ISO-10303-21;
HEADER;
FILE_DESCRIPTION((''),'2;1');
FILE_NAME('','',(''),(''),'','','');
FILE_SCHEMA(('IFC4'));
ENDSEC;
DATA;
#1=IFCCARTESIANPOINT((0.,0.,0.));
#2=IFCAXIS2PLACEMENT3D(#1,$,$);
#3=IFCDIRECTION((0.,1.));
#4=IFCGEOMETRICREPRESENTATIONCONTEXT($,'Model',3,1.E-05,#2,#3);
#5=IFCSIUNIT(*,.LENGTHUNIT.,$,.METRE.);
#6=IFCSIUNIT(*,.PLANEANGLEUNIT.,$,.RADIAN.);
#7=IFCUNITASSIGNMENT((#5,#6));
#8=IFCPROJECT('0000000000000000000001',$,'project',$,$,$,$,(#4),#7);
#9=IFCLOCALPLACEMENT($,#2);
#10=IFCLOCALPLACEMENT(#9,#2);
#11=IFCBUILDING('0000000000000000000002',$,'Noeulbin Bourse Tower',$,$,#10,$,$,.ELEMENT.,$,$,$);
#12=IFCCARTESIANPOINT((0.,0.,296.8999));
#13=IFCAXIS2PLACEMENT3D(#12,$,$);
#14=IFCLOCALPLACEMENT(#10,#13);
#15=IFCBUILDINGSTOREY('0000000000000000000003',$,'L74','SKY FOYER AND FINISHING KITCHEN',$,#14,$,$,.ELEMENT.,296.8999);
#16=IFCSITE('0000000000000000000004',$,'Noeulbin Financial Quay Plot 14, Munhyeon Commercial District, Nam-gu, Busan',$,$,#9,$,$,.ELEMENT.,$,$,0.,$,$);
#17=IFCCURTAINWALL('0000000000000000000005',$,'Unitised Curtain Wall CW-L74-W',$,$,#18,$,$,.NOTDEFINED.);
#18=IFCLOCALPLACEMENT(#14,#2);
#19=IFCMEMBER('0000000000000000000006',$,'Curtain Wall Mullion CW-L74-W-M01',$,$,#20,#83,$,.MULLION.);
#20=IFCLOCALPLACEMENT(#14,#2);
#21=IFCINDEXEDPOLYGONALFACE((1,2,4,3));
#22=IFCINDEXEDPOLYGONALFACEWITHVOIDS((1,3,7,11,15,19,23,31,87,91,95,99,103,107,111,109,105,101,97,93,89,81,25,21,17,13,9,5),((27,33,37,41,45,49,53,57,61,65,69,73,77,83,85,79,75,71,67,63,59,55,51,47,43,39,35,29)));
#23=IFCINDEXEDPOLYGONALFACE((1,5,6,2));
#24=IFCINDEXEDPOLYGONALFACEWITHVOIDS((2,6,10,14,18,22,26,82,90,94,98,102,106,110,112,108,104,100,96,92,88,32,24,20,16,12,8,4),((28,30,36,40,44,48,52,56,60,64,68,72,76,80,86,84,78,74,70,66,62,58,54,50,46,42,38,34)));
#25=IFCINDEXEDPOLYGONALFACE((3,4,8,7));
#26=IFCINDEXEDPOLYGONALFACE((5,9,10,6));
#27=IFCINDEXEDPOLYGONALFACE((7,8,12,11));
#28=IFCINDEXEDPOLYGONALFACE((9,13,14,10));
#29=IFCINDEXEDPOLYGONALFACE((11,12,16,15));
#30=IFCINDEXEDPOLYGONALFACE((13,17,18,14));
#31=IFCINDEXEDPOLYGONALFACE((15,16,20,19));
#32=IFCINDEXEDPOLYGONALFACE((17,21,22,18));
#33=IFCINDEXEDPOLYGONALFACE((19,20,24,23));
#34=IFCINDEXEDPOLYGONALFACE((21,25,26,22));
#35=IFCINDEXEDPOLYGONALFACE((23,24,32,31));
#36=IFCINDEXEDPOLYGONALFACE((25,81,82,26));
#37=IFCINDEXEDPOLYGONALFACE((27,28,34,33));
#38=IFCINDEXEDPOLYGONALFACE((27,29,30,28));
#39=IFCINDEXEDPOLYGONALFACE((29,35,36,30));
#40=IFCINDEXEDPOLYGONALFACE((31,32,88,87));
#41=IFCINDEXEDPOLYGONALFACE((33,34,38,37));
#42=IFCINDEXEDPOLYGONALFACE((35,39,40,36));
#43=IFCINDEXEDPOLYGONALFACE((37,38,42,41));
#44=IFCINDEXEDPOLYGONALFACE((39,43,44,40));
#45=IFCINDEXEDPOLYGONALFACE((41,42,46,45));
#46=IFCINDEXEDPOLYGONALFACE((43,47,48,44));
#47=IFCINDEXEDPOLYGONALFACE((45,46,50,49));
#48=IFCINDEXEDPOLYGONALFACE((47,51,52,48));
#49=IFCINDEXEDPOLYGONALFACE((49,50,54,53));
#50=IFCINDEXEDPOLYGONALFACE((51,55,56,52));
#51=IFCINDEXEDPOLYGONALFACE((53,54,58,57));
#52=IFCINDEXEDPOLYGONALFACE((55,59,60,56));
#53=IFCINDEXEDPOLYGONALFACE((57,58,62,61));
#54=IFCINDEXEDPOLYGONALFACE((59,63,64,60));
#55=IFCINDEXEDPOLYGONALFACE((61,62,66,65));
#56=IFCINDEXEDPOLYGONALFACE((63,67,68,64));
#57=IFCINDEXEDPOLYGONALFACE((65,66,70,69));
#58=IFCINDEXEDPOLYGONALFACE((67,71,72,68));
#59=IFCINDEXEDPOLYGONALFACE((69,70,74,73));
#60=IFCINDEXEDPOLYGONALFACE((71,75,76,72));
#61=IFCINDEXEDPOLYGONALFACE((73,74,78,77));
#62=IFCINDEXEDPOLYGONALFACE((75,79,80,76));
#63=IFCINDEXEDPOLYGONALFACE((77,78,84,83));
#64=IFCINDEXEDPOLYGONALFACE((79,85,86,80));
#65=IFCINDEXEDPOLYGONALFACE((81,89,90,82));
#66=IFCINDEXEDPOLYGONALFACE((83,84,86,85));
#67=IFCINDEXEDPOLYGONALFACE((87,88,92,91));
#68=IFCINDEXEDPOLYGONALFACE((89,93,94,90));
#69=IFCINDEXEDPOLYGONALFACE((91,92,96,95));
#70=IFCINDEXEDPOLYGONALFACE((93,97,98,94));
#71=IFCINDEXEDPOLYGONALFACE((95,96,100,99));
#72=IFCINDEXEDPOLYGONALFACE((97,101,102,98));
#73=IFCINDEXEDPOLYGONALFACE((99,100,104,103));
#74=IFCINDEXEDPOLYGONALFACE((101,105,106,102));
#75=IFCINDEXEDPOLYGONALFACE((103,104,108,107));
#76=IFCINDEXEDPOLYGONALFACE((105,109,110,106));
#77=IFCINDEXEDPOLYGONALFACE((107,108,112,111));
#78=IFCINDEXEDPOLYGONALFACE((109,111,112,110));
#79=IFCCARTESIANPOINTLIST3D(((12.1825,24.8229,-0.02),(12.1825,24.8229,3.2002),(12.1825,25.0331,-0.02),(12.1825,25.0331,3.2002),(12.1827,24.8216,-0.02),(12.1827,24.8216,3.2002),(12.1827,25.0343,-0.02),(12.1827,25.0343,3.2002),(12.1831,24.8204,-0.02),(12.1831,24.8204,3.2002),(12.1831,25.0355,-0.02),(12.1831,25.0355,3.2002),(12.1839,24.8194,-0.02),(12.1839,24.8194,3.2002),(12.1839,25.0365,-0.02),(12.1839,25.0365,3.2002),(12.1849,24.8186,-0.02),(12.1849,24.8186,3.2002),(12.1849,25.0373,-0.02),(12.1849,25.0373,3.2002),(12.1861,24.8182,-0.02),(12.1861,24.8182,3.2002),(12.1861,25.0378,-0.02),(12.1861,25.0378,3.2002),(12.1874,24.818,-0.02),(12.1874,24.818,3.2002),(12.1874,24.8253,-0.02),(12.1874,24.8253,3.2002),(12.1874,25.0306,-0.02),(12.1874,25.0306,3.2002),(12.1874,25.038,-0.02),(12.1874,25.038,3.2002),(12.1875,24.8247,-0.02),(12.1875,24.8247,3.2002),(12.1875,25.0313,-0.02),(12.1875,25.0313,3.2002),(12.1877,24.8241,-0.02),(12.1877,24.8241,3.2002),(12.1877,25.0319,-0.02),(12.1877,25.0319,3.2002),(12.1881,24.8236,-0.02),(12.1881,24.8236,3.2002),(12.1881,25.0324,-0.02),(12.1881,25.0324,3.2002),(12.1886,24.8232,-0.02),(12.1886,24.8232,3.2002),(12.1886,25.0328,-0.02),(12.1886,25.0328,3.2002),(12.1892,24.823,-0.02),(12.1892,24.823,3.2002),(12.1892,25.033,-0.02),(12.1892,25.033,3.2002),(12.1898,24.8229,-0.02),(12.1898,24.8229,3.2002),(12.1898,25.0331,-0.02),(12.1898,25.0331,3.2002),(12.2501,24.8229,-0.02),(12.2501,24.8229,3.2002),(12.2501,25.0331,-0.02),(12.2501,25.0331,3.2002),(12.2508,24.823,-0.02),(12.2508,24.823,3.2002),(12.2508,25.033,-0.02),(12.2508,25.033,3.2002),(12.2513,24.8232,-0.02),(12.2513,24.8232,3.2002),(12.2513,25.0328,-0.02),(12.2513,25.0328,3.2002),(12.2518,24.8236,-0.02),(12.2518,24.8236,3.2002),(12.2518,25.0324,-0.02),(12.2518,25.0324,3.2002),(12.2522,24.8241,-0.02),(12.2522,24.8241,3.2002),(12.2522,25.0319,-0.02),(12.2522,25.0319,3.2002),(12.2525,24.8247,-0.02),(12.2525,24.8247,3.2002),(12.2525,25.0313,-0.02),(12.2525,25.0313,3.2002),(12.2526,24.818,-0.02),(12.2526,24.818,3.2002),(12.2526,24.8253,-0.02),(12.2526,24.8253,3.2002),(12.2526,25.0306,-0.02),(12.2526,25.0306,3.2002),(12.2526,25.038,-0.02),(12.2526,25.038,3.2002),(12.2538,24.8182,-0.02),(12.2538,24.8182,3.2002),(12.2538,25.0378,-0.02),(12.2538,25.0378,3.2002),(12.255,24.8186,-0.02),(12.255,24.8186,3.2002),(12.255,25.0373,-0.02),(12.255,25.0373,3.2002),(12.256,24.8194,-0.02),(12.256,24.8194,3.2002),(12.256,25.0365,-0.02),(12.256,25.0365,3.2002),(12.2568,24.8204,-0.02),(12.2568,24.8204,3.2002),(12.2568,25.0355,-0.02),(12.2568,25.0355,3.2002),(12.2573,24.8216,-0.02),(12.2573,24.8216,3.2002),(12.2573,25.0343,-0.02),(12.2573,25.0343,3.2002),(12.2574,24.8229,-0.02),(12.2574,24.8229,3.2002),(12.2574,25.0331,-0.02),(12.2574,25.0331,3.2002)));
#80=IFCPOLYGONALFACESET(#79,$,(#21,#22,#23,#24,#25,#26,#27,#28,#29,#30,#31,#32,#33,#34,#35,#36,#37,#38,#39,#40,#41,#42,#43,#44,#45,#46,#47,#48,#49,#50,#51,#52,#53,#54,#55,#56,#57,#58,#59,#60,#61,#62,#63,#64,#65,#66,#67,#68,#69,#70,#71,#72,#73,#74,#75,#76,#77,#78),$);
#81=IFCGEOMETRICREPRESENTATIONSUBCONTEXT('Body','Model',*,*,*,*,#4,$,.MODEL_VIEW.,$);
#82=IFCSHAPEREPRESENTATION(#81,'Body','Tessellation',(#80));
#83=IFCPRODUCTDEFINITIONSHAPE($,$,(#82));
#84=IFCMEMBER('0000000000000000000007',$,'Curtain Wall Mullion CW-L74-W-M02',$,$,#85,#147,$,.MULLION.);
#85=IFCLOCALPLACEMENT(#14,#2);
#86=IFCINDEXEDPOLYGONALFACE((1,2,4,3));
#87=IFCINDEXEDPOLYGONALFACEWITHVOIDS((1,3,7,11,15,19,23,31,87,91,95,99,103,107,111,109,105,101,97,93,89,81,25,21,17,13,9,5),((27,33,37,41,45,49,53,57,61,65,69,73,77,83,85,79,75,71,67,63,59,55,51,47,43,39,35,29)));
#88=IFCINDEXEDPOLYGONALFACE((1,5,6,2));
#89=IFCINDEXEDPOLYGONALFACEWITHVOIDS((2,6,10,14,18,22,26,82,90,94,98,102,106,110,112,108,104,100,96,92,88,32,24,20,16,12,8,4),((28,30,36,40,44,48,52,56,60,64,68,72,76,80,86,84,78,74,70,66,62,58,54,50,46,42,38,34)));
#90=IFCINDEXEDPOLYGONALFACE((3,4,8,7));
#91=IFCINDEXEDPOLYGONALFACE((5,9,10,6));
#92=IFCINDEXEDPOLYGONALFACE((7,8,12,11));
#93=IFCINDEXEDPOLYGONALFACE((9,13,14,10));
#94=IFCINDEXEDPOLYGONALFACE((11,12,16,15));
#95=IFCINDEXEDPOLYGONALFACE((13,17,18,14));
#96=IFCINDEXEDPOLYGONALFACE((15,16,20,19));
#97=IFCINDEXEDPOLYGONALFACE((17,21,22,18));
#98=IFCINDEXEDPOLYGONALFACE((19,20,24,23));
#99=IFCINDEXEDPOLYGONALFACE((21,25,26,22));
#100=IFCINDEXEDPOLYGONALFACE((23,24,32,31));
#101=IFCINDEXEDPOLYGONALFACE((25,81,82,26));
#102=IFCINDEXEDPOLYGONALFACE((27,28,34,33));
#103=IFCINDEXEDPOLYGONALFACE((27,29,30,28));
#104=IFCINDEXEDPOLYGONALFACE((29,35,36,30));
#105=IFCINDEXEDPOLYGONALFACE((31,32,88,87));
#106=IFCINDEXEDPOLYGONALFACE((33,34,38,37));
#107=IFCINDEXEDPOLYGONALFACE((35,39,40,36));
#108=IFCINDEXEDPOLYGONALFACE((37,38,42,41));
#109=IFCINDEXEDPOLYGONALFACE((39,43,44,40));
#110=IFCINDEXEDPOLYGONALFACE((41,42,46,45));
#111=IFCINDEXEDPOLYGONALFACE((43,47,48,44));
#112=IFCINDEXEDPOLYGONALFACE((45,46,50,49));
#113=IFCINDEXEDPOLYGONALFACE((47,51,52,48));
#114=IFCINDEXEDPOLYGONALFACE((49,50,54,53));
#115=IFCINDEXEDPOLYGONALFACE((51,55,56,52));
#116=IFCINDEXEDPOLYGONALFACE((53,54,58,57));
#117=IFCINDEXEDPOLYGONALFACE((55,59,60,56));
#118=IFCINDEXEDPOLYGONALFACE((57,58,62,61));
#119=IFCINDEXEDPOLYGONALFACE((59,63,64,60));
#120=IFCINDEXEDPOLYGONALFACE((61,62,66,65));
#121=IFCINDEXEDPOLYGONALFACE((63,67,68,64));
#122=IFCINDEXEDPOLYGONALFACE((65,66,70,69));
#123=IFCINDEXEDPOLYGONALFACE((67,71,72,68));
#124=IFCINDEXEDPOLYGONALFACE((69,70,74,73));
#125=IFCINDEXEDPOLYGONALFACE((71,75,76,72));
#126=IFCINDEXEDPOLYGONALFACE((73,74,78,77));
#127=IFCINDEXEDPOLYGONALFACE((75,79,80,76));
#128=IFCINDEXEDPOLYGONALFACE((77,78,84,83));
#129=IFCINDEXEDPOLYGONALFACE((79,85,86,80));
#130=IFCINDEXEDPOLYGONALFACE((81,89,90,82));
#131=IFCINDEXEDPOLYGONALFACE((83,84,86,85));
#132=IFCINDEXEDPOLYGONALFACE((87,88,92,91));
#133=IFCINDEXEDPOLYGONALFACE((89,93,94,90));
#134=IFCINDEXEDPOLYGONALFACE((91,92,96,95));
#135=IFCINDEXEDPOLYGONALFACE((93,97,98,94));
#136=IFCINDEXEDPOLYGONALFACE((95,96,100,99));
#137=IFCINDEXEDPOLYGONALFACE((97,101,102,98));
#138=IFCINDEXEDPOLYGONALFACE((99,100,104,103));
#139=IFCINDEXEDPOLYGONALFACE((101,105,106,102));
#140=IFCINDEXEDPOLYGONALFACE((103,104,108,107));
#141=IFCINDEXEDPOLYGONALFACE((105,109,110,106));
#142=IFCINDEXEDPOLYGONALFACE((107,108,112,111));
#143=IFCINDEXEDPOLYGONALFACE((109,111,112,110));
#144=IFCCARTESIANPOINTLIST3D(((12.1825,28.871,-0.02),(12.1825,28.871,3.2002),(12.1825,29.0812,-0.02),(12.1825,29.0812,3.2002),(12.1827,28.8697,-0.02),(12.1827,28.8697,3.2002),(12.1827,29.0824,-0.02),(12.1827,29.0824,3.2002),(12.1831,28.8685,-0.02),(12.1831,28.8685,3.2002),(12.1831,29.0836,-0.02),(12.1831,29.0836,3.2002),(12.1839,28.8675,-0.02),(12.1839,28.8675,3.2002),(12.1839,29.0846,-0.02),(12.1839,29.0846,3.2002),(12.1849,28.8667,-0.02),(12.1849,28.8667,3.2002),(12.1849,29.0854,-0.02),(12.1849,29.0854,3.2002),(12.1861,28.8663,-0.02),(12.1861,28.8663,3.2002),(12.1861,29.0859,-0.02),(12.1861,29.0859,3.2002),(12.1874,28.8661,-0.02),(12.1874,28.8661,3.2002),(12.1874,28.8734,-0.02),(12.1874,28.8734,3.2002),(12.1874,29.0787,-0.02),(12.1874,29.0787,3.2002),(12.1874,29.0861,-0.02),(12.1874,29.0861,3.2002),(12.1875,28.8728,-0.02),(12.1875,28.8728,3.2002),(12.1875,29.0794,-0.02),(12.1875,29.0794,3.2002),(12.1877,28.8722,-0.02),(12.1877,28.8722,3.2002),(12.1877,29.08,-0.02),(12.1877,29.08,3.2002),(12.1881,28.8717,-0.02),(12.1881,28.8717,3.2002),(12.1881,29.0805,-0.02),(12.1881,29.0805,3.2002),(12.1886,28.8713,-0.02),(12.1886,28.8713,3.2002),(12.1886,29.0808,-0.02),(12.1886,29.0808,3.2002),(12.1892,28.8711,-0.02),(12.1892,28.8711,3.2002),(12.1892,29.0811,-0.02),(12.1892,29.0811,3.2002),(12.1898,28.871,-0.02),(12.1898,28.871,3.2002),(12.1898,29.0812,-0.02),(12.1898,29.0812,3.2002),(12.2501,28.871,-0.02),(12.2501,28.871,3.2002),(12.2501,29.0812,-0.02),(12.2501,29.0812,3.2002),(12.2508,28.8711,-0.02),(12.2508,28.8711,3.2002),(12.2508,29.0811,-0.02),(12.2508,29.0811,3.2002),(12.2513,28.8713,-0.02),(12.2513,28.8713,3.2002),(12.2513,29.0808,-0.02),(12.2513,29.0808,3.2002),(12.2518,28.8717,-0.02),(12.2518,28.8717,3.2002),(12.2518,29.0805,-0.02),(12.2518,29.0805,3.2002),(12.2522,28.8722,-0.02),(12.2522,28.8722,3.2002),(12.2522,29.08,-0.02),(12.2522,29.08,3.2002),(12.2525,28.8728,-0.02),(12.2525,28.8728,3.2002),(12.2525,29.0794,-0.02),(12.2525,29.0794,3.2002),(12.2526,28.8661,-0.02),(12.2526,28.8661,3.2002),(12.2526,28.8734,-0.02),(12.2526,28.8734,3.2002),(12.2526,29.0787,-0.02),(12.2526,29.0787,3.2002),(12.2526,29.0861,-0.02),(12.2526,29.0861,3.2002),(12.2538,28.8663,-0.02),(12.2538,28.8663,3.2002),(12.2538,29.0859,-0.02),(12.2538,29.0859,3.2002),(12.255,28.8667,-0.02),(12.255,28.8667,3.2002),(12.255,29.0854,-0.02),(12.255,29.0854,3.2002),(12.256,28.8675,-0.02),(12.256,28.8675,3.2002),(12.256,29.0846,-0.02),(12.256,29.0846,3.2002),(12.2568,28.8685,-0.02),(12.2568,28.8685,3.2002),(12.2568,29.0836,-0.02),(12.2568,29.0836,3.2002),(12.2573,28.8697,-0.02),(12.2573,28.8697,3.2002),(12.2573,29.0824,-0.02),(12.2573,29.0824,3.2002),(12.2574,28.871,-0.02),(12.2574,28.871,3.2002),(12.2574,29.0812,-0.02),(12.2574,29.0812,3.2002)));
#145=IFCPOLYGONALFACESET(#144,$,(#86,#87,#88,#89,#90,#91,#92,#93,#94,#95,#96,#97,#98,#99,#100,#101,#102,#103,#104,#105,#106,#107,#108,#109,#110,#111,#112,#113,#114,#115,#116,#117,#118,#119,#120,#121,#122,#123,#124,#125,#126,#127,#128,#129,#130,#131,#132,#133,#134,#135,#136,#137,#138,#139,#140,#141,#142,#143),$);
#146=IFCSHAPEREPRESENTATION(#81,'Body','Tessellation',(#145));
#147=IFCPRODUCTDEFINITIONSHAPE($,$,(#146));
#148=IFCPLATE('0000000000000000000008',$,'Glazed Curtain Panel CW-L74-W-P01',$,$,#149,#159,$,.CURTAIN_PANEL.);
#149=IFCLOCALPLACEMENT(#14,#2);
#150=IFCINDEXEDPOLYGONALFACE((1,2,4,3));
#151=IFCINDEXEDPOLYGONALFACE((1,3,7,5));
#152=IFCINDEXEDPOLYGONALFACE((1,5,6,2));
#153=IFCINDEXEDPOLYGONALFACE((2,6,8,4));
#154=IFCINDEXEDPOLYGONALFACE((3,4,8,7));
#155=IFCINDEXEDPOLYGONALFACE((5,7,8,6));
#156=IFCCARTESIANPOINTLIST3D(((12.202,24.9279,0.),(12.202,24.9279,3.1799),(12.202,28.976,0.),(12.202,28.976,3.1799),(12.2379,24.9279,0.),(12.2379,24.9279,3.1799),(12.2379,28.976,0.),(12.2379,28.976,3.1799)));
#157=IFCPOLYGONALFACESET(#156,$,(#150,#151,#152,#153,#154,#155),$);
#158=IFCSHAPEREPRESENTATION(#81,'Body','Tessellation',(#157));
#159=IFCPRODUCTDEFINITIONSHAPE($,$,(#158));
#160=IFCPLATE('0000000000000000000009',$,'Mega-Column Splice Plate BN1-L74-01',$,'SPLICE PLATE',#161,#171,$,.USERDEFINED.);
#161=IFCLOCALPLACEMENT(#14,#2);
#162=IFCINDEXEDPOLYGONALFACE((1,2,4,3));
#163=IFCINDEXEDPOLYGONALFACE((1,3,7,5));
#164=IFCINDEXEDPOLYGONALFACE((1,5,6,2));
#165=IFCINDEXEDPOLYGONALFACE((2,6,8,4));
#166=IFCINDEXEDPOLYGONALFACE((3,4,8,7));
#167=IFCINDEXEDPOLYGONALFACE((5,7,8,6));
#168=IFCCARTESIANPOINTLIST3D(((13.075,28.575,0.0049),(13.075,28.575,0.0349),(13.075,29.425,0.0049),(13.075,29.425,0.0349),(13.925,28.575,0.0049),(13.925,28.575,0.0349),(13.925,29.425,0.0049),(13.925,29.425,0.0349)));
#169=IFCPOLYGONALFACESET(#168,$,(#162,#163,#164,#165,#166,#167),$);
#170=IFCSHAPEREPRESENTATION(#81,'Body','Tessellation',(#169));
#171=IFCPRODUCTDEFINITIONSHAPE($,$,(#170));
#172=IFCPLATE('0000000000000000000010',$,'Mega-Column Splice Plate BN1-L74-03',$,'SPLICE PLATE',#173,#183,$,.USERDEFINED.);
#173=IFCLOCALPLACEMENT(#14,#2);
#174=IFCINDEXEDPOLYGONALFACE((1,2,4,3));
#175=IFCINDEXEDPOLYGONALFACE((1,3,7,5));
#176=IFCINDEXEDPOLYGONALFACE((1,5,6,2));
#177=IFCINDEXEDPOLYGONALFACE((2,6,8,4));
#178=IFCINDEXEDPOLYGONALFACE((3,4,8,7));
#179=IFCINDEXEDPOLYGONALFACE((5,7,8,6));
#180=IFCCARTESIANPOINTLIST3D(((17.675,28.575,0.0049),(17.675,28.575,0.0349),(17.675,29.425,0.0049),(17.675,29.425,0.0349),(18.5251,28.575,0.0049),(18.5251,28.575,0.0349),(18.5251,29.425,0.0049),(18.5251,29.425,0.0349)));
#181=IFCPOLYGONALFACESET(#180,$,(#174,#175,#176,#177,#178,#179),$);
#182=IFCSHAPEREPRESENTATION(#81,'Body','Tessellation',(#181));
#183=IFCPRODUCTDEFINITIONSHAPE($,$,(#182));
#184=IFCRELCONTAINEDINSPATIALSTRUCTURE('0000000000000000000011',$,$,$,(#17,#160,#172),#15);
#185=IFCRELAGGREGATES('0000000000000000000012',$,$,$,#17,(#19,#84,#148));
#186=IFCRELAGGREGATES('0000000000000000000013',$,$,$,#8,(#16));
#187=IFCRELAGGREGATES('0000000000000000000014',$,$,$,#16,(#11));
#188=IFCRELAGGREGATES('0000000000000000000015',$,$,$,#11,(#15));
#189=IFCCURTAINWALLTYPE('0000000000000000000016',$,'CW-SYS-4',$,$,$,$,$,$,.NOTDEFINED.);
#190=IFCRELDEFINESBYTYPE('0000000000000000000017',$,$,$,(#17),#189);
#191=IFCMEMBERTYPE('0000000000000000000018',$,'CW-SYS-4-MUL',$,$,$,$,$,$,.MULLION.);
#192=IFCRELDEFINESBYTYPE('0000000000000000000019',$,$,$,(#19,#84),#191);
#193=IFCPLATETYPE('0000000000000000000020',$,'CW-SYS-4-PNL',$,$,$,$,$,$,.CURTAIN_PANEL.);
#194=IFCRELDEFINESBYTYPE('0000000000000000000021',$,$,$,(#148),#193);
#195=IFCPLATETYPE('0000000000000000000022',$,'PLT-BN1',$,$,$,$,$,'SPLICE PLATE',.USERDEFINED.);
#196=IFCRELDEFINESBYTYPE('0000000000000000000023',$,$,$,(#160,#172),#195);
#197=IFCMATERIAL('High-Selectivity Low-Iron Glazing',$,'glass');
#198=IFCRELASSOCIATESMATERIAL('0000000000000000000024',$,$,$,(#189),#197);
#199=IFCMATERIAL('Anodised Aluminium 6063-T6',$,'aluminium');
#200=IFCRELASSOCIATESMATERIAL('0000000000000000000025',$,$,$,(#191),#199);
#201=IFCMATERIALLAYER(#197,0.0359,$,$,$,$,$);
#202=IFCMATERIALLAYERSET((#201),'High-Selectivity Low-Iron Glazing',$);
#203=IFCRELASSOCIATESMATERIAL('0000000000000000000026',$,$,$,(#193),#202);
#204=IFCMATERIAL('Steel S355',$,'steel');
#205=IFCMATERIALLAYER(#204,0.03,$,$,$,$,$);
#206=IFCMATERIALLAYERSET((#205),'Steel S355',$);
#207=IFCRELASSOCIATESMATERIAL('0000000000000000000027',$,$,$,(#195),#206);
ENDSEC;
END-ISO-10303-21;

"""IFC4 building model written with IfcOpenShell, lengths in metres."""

from ifc_helpers import new_model, si_unit, direction, frame, origin, origin_2d, place, context, subcontext, project, spatial, rectangle, hollow_rectangle, extrude, material, layer, layer_set, material_profile, profile_set, type_object, element, aggregate, save


model = new_model("IFC4")

# Units and contexts
model_context = context("Model", 3, precision=1e-05, world=origin(), true_north=direction((0.0, 1.0)))
body_context = subcontext(model_context, "Body", "Model", "MODEL_VIEW")
ifc_project = project(units=[si_unit("LENGTHUNIT", "METRE"), si_unit("PLANEANGLEUNIT", "RADIAN")], contexts=[model_context])

# Site, building, storey
site_placement = place(None, origin())
site = spatial("IfcSite", under=ifc_project, at=site_placement, Name="Noeulbin Financial Quay Plot 14, Munhyeon Commercial District, Nam-gu, Busan", CompositionType="ELEMENT", RefElevation=0.0)
building_placement = place(site_placement, origin())
building = spatial("IfcBuilding", under=site, at=building_placement, Name="Noeulbin Bourse Tower", CompositionType="ELEMENT")
storey_placement = place(building_placement, frame((0.0, 0.0, 296.8999)))
storey = spatial("IfcBuildingStorey", under=building, at=storey_placement, Name="L74", Description="SKY FOYER AND FINISHING KITCHEN", CompositionType="ELEMENT", Elevation=296.8999)

# Shared definitions
ifc_material_1 = material(Name="Steel S355", Category="steel")

# Curtain wall, members, plate
ifc_material_2 = material(Name="High-Selectivity Low-Iron Glazing", Category="glass")
curtain_wall_type = type_object("IfcCurtainWallType", Name="CW-SYS-4", PredefinedType="NOTDEFINED", material=ifc_material_2)
curtain_wall_placement = place(storey_placement, origin())
curtain_wall = element("IfcCurtainWall", 1, at=curtain_wall_placement, inside=storey, type_object=curtain_wall_type, Name="Unitised Curtain Wall CW-L74-W", PredefinedType="NOTDEFINED")
ifc_material_3 = material(Name="Anodised Aluminium 6063-T6", Category="aluminium")
ifc_material_profile_1 = material_profile(ifc_material_3, hollow_rectangle(XDim=0.075, YDim=0.22, WallThickness=0.0049, InnerFilletRadius=0.0024, OuterFilletRadius=0.0049, at=origin_2d()), Name="ALU-MULL-75x220x5", Category="LoadBearing")
ifc_profile_set_1 = profile_set([ifc_material_profile_1], Name="Anodised Aluminium 6063-T6")
member_type = type_object("IfcMemberType", Name="CW-SYS-4-MUL", PredefinedType="MULLION", material=ifc_profile_set_1)
member_1_placement = place(storey_placement, frame((12.22, 24.928, -0.02), z_axis=(0.0, 0.0, 1.0), x_axis=(1.0, 0.0, 0.0)))
member_1 = element("IfcMember", 2, at=member_1_placement, type_object=member_type, Name="Curtain Wall Mullion CW-L74-W-M01", PredefinedType="MULLION", context=body_context, shape_type="SweptSolid", body=[
    extrude(hollow_rectangle(XDim=0.075, YDim=0.22, WallThickness=0.0049, InnerFilletRadius=0.0024, OuterFilletRadius=0.0049, at=origin_2d()), origin(), (0.0, 0.0, 1.0), 3.2202),
])
member_2_placement = place(storey_placement, frame((12.22, 28.9761, -0.02), z_axis=(0.0, 0.0, 1.0), x_axis=(1.0, 0.0, 0.0)))
member_2 = element("IfcMember", 3, at=member_2_placement, type_object=member_type, Name="Curtain Wall Mullion CW-L74-W-M02", PredefinedType="MULLION", context=body_context, shape_type="SweptSolid", body=[
    extrude(hollow_rectangle(XDim=0.075, YDim=0.22, WallThickness=0.0049, InnerFilletRadius=0.0024, OuterFilletRadius=0.0049, at=origin_2d()), origin(), (0.0, 0.0, 1.0), 3.2202),
])
ifc_layer_1 = layer(ifc_material_2, 0.0359)
ifc_layer_set_1 = layer_set([ifc_layer_1], Name="High-Selectivity Low-Iron Glazing")
plate_type_1 = type_object("IfcPlateType", Name="CW-SYS-4-PNL", PredefinedType="CURTAIN_PANEL", material=ifc_layer_set_1)
plate_placement = place(storey_placement, frame((12.22, 26.9519, 0.0), z_axis=(0.0, 0.0, 1.0), x_axis=(0.0, 1.0, 0.0)))
plate = element("IfcPlate", 4, at=plate_placement, type_object=plate_type_1, Name="Glazed Curtain Panel CW-L74-W-P01", PredefinedType="CURTAIN_PANEL", context=body_context, shape_type="SweptSolid", body=[
    extrude(rectangle(XDim=4.0481, YDim=0.0359, at=origin_2d()), origin(), (0.0, 0.0, 1.0), 3.1799),
])
aggregate(curtain_wall, [member_1, member_2, plate])

# Plates
ifc_layer_2 = layer(ifc_material_1, 0.03)
ifc_layer_set_2 = layer_set([ifc_layer_2], Name="Steel S355")
plate_type_2 = type_object("IfcPlateType", Name="PLT-BN1", ElementType="SPLICE PLATE", PredefinedType="USERDEFINED", material=ifc_layer_set_2)
for number, where, z_axis, x_axis, name in (
    (5, (13.5, 29.0, 0.0049), (0.0, 0.0, 1.0), (1.0, 0.0, 0.0), "Mega-Column Splice Plate BN1-L74-01"),
    (6, (18.1001, 29.0, 0.0049), (0.0, 0.0, 1.0), (1.0, 0.0, 0.0), "Mega-Column Splice Plate BN1-L74-03"),
):
    element("IfcPlate", number, at=place(storey_placement, frame(where, z_axis=z_axis, x_axis=x_axis)), inside=storey, type_object=plate_type_2, Name=name, ObjectType="SPLICE PLATE", PredefinedType="USERDEFINED", context=body_context, shape_type="SweptSolid", body=[
        extrude(rectangle(XDim=0.8501, YDim=0.8501, at=origin_2d()), origin(), (0.0, 0.0, 1.0), 0.03),
    ])

save(model, "model.ifc")
